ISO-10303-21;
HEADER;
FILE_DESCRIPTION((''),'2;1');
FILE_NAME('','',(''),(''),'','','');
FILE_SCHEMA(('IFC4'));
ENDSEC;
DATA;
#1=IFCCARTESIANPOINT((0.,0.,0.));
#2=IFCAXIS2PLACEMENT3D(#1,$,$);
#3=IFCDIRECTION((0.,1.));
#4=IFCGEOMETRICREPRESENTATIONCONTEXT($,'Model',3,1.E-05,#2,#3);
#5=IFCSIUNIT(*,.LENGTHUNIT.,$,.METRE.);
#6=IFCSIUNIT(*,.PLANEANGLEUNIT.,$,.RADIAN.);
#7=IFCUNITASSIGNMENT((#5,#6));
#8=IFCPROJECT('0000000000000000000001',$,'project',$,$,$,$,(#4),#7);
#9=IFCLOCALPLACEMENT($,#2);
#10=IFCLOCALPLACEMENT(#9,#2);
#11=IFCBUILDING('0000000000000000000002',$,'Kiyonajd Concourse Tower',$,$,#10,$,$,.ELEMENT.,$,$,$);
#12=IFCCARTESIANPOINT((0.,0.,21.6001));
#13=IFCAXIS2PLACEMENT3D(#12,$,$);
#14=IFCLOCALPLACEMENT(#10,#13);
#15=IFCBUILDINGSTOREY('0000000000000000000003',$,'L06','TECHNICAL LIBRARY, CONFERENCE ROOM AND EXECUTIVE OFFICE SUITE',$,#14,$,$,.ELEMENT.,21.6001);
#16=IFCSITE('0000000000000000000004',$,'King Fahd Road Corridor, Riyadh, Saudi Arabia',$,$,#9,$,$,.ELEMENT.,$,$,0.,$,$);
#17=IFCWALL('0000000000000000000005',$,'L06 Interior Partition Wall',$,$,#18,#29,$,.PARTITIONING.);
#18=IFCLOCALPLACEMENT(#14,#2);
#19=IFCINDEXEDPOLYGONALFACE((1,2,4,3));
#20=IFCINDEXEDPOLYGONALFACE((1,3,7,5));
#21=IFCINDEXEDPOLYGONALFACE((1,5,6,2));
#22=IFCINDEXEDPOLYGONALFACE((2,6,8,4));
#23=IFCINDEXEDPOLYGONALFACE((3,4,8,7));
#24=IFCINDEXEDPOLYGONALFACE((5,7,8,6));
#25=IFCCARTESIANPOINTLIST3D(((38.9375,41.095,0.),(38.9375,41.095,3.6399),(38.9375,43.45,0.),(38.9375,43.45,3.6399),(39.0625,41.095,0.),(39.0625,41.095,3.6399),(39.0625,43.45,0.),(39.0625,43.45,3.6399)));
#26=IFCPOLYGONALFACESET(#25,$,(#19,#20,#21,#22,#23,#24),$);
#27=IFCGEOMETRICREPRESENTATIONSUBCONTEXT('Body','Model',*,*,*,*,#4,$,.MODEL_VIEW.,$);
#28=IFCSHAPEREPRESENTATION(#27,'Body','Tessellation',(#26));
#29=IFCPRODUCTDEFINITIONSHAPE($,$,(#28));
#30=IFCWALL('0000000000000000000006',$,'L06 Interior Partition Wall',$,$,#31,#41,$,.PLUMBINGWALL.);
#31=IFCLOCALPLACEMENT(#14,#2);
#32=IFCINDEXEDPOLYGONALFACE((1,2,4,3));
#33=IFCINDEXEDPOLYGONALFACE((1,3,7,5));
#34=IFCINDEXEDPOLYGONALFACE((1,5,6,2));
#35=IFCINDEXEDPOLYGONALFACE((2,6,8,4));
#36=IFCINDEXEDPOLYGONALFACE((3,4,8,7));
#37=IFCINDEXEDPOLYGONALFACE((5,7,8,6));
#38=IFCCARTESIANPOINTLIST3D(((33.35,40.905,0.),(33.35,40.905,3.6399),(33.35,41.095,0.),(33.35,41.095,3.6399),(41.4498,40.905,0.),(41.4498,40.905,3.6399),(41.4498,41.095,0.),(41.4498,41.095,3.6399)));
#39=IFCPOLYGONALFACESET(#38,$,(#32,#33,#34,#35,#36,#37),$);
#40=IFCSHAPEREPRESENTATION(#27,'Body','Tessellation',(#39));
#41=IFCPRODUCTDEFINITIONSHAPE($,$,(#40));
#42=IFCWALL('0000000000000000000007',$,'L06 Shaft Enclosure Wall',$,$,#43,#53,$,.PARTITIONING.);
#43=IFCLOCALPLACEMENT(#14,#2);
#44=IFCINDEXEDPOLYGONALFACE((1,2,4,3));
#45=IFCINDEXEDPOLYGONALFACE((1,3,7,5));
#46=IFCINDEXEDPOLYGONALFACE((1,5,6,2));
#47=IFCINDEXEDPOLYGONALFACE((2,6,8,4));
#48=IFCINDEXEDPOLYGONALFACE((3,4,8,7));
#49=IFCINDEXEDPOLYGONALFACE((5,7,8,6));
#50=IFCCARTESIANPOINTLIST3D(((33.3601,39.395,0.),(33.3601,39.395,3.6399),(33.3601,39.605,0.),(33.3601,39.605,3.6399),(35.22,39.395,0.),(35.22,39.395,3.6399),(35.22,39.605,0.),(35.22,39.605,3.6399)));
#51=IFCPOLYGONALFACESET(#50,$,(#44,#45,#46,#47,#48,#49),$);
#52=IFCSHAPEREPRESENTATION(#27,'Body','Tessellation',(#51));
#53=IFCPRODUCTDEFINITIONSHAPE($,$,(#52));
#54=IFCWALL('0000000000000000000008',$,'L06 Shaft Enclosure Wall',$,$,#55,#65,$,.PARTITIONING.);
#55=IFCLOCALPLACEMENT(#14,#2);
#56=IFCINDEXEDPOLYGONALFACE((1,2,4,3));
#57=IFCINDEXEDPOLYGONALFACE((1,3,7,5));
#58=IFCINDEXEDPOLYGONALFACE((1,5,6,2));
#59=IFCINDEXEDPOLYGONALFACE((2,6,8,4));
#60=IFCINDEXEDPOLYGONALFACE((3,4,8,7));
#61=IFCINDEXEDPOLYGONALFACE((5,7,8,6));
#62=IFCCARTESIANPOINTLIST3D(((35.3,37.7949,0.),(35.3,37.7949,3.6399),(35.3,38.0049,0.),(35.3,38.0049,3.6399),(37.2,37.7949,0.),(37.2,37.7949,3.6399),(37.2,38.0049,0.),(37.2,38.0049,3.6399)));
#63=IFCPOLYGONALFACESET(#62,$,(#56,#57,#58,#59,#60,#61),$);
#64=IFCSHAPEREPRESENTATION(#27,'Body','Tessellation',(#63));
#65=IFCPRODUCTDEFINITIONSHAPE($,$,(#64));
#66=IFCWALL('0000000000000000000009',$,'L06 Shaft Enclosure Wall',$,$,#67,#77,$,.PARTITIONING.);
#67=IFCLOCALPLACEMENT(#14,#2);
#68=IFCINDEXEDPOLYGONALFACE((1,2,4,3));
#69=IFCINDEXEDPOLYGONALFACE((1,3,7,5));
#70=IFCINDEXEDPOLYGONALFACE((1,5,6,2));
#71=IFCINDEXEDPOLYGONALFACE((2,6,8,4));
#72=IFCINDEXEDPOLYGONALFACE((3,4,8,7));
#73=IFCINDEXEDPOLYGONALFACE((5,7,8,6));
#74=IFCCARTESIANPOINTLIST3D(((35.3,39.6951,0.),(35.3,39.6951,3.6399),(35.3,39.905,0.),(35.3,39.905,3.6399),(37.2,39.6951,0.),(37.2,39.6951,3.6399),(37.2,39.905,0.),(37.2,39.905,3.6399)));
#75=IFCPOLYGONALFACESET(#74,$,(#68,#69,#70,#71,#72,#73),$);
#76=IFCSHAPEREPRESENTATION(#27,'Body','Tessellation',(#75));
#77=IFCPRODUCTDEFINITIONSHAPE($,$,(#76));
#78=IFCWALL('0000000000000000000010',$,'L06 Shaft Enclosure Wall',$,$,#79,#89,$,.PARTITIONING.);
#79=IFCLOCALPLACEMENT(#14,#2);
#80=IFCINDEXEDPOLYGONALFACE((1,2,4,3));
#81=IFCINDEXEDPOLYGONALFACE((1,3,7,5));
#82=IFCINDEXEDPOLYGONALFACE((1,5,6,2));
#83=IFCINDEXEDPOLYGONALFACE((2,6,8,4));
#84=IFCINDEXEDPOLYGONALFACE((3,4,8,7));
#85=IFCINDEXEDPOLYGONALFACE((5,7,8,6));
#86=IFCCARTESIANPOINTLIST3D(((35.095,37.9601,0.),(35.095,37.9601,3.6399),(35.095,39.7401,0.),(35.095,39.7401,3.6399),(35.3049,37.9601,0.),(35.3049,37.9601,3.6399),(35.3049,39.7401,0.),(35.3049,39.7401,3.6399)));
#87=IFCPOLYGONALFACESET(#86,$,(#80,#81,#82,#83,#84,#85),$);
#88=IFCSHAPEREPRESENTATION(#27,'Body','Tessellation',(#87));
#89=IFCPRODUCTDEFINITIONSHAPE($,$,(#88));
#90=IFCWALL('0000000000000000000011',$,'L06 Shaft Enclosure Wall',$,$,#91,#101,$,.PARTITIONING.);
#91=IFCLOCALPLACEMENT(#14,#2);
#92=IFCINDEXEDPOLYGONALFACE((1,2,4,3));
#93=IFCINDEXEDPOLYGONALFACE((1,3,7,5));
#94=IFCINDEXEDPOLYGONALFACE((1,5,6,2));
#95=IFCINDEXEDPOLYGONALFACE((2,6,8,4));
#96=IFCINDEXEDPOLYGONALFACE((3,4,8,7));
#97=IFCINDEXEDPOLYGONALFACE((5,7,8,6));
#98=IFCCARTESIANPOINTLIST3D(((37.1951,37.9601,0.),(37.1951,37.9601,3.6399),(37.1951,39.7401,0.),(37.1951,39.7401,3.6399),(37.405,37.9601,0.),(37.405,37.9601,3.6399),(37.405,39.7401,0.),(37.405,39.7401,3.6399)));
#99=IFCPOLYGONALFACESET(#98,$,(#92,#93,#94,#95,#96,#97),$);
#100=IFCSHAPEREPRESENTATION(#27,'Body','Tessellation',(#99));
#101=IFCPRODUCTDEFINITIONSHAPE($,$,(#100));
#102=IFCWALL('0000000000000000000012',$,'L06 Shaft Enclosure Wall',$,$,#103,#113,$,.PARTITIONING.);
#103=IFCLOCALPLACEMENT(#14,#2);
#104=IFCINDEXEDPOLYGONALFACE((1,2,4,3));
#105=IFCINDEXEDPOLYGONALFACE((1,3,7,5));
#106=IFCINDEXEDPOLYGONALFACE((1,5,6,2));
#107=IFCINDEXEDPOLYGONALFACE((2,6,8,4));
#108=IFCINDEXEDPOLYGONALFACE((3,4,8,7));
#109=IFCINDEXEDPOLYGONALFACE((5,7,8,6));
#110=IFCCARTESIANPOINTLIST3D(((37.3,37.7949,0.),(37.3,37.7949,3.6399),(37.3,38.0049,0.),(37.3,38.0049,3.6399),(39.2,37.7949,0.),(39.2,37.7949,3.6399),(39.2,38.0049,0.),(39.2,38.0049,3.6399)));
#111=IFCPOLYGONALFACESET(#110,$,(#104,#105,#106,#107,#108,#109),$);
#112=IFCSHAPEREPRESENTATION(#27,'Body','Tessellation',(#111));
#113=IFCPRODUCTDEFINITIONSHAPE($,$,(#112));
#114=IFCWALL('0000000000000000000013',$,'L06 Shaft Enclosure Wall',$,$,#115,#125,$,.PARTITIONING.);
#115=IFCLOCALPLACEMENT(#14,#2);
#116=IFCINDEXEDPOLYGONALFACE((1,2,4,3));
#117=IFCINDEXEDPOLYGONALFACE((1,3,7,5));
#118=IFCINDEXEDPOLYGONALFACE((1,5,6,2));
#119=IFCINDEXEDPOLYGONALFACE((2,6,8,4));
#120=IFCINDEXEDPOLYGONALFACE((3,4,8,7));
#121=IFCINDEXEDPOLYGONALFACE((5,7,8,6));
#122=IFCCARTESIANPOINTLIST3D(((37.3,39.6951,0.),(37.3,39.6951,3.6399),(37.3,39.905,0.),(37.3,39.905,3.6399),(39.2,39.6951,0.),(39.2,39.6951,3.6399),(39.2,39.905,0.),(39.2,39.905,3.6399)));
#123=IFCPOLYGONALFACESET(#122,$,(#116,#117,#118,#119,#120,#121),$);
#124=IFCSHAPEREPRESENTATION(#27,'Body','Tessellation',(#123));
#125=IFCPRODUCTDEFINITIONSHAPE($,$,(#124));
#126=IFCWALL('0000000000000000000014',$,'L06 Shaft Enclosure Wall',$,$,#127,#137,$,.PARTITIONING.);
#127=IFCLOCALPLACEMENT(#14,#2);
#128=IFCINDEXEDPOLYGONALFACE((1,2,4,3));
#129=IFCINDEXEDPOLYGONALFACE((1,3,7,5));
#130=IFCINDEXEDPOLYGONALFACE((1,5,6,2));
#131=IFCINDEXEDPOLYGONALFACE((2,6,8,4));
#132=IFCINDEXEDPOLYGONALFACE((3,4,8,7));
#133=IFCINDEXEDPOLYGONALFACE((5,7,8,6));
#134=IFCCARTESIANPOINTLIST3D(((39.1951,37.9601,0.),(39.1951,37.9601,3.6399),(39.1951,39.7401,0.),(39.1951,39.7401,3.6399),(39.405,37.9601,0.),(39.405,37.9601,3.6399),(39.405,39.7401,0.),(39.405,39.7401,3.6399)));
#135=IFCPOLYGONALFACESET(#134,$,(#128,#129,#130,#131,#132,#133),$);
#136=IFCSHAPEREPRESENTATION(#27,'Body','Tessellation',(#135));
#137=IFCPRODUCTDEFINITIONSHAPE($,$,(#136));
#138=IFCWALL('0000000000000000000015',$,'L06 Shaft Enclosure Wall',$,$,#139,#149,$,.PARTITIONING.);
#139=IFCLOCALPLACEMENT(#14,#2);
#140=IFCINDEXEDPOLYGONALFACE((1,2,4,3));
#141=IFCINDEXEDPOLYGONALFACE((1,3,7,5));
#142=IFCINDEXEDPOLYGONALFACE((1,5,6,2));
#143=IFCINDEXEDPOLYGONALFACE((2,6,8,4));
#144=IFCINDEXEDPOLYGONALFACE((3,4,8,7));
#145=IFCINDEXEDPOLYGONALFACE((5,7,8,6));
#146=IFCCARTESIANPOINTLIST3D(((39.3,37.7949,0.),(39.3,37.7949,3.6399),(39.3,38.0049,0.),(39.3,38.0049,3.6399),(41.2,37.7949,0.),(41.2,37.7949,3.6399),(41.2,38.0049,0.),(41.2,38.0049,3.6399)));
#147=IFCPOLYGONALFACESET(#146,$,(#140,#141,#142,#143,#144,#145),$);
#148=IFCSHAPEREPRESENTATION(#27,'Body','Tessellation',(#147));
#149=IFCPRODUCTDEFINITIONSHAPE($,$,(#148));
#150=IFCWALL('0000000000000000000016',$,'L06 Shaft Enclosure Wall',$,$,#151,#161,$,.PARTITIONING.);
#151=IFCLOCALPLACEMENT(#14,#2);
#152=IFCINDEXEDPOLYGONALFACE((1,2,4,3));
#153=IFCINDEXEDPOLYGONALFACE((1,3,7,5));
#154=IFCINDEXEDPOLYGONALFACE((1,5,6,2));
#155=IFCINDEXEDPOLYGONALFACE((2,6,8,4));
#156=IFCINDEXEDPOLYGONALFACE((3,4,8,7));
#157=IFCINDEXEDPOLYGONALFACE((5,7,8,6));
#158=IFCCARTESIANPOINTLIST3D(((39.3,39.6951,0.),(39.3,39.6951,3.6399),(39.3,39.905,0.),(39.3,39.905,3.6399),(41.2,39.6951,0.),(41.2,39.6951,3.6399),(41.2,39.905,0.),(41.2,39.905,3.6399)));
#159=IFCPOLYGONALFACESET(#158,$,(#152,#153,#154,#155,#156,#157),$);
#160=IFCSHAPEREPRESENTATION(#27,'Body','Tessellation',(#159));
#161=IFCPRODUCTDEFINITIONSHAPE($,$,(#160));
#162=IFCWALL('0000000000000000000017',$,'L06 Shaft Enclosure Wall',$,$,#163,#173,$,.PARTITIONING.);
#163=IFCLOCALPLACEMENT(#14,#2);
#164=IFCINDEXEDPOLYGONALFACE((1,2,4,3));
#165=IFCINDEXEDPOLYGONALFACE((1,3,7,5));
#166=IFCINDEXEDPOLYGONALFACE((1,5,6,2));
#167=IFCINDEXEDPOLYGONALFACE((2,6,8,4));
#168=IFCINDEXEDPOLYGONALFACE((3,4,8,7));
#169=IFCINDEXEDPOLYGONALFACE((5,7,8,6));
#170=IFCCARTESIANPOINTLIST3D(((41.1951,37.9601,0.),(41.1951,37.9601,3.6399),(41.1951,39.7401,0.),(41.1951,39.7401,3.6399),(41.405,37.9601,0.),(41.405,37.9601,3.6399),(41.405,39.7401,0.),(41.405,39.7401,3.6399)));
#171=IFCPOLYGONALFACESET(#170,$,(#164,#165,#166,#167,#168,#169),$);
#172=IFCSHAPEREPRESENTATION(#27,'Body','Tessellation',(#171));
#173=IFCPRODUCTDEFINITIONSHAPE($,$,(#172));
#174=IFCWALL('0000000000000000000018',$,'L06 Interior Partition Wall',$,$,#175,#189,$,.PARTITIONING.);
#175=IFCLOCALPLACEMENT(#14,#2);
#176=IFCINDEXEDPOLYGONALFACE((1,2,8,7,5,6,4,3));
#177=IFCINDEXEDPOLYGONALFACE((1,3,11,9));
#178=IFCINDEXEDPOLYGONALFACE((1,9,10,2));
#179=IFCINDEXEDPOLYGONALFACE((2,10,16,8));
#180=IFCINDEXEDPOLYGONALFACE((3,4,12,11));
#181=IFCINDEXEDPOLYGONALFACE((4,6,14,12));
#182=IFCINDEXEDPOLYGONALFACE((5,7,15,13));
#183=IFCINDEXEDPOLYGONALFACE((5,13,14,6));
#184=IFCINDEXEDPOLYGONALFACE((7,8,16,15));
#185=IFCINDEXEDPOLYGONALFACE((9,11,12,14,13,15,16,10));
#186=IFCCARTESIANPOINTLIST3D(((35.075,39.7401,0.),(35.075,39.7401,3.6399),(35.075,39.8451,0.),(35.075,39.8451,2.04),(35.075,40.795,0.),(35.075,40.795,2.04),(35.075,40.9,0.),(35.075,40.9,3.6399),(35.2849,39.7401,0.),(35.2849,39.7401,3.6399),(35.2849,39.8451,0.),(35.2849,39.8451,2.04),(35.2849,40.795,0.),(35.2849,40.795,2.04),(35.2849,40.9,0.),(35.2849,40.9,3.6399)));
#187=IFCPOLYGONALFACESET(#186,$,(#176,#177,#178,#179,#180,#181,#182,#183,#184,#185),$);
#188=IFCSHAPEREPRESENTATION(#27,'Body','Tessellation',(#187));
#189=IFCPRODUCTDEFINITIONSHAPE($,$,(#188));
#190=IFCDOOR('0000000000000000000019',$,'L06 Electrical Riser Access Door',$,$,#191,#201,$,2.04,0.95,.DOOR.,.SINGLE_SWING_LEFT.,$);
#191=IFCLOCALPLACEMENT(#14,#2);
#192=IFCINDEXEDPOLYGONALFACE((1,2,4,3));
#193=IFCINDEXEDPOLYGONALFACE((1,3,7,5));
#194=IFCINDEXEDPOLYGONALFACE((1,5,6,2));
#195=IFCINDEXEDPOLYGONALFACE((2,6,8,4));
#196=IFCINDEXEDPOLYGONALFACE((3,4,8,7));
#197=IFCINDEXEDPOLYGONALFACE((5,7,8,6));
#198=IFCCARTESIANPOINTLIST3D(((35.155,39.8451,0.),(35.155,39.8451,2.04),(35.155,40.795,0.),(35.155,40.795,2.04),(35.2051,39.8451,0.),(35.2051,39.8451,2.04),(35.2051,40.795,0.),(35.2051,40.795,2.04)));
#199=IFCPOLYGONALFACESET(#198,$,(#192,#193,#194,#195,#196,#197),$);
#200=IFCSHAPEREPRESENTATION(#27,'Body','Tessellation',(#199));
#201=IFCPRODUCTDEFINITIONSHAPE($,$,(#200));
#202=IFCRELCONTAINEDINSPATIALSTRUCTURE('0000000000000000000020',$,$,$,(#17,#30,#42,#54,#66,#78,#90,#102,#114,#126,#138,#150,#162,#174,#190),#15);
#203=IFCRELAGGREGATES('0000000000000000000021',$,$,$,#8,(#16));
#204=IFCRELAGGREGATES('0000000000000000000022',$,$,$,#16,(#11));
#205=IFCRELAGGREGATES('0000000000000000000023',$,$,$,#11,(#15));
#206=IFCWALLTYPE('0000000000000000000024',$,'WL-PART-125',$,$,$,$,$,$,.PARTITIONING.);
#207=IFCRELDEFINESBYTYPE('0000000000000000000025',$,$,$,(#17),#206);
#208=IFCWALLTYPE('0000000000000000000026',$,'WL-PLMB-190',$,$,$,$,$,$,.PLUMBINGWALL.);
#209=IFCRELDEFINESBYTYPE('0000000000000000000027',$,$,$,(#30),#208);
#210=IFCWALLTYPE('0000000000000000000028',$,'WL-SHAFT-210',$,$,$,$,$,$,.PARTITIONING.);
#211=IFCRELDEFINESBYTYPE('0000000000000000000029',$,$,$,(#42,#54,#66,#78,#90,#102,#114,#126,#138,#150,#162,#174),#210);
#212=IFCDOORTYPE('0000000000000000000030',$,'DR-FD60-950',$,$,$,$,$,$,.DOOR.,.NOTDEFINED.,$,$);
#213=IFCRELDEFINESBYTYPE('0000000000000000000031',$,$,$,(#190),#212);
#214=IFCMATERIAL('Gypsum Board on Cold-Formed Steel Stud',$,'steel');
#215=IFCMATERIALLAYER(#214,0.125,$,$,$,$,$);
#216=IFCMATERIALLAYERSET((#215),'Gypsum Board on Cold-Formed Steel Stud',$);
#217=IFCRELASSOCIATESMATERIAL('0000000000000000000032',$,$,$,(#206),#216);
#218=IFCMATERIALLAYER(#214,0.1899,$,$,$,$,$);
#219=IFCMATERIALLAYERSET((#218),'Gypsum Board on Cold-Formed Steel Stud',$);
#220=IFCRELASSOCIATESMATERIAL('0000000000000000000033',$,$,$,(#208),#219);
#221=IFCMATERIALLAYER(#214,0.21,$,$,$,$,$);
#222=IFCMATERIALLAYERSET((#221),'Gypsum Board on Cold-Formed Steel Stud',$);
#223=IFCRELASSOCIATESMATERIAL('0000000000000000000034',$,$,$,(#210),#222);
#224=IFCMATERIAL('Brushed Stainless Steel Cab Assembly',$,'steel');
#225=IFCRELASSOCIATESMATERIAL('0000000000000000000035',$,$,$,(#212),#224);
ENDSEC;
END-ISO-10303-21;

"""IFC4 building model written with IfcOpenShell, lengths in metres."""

from ifc_helpers import new_model, si_unit, direction, frame, frame_2d, origin, place, context, subcontext, project, spatial, rectangle, extrude, material, layer, layer_set, type_object, element, fill, save


model = new_model("IFC4")

# Units and contexts
model_context = context("Model", 3, precision=1e-05, world=origin(), true_north=direction((0.0, 1.0)))
body_context = subcontext(model_context, "Body", "Model", "MODEL_VIEW")
ifc_project = project(units=[si_unit("LENGTHUNIT", "METRE"), si_unit("PLANEANGLEUNIT", "RADIAN")], contexts=[model_context])

# Site, building, storey
site_placement = place(None, origin())
site = spatial("IfcSite", under=ifc_project, at=site_placement, Name="King Fahd Road Corridor, Riyadh, Saudi Arabia", CompositionType="ELEMENT", RefElevation=0.0)
building_placement = place(site_placement, origin())
building = spatial("IfcBuilding", under=site, at=building_placement, Name="Kiyonajd Concourse Tower", CompositionType="ELEMENT")
storey_placement = place(building_placement, frame((0.0, 0.0, 21.6001)))
storey = spatial("IfcBuildingStorey", under=building, at=storey_placement, Name="L06", Description="TECHNICAL LIBRARY, CONFERENCE ROOM AND EXECUTIVE OFFICE SUITE", CompositionType="ELEMENT", Elevation=21.6001)

# Walls
ifc_material_1 = material(Name="Gypsum Board on Cold-Formed Steel Stud", Category="steel")
ifc_layer_1 = layer(ifc_material_1, 0.125)
ifc_layer_set_1 = layer_set([ifc_layer_1], Name="Gypsum Board on Cold-Formed Steel Stud")
wall_type_1 = type_object("IfcWallType", Name="WL-PART-125", PredefinedType="PARTITIONING", material=ifc_layer_set_1)
for number, where, z_axis, x_axis, name in (
    (1, (39.0, 41.095, 0.0), (0.0, 0.0, 1.0), (0.0, 1.0, 0.0), "L06 Interior Partition Wall"),
):
    element("IfcWall", number, at=place(storey_placement, frame(where, z_axis=z_axis, x_axis=x_axis)), inside=storey, type_object=wall_type_1, Name=name, PredefinedType="PARTITIONING", context=body_context, shape_type="SweptSolid", body=[
        extrude(rectangle(XDim=2.355, YDim=0.125, at=frame_2d((1.1775, 0.0))), origin(), (0.0, 0.0, 1.0), 3.6399),
    ])
ifc_layer_2 = layer(ifc_material_1, 0.1899)
ifc_layer_set_2 = layer_set([ifc_layer_2], Name="Gypsum Board on Cold-Formed Steel Stud")
wall_type_2 = type_object("IfcWallType", Name="WL-PLMB-190", PredefinedType="PLUMBINGWALL", material=ifc_layer_set_2)
wall_1_placement = place(storey_placement, frame((33.3501, 41.0, 0.0), z_axis=(0.0, 0.0, 1.0), x_axis=(1.0, 0.0, 0.0)))
element("IfcWall", 2, at=wall_1_placement, inside=storey, type_object=wall_type_2, Name="L06 Interior Partition Wall", PredefinedType="PLUMBINGWALL", context=body_context, shape_type="SweptSolid", body=[
    extrude(rectangle(XDim=8.0999, YDim=0.1899, at=frame_2d((4.0498, 0.0))), origin(), (0.0, 0.0, 1.0), 3.6399),
])
ifc_layer_3 = layer(ifc_material_1, 0.21)
ifc_layer_set_3 = layer_set([ifc_layer_3], Name="Gypsum Board on Cold-Formed Steel Stud")
wall_type_3 = type_object("IfcWallType", Name="WL-SHAFT-210", PredefinedType="PARTITIONING", material=ifc_layer_set_3)
wall_2_placement = place(storey_placement, frame((33.3601, 39.5, 0.0), z_axis=(0.0, 0.0, 1.0), x_axis=(1.0, 0.0, 0.0)))
element("IfcWall", 3, at=wall_2_placement, inside=storey, type_object=wall_type_3, Name="L06 Shaft Enclosure Wall", PredefinedType="PARTITIONING", context=body_context, shape_type="SweptSolid", body=[
    extrude(rectangle(XDim=1.8599, YDim=0.21, at=frame_2d((0.9299, 0.0))), origin(), (0.0, 0.0, 1.0), 3.6399),
])
for number, where, z_axis, x_axis, name in (
    (4, (35.3, 37.8999, 0.0), (0.0, 0.0, 1.0), (1.0, 0.0, 0.0), "L06 Shaft Enclosure Wall"),
    (5, (35.3, 39.8, 0.0), (0.0, 0.0, 1.0), (1.0, 0.0, 0.0), "L06 Shaft Enclosure Wall"),
):
    element("IfcWall", number, at=place(storey_placement, frame(where, z_axis=z_axis, x_axis=x_axis)), inside=storey, type_object=wall_type_3, Name=name, PredefinedType="PARTITIONING", context=body_context, shape_type="SweptSolid", body=[
        extrude(rectangle(XDim=1.8999, YDim=0.21, at=frame_2d((0.95, 0.0))), origin(), (0.0, 0.0, 1.0), 3.6399),
    ])
for number, where, z_axis, x_axis, name in (
    (6, (35.2, 37.96, 0.0), (0.0, 0.0, 1.0), (0.0, 1.0, 0.0), "L06 Shaft Enclosure Wall"),
    (7, (37.3, 37.96, 0.0), (0.0, 0.0, 1.0), (0.0, 1.0, 0.0), "L06 Shaft Enclosure Wall"),
):
    element("IfcWall", number, at=place(storey_placement, frame(where, z_axis=z_axis, x_axis=x_axis)), inside=storey, type_object=wall_type_3, Name=name, PredefinedType="PARTITIONING", context=body_context, shape_type="SweptSolid", body=[
        extrude(rectangle(XDim=1.78, YDim=0.21, at=frame_2d((0.8901, 0.0))), origin(), (0.0, 0.0, 1.0), 3.6399),
    ])
for number, where, z_axis, x_axis, name in (
    (8, (37.3, 37.8999, 0.0), (0.0, 0.0, 1.0), (1.0, 0.0, 0.0), "L06 Shaft Enclosure Wall"),
    (9, (37.3, 39.8, 0.0), (0.0, 0.0, 1.0), (1.0, 0.0, 0.0), "L06 Shaft Enclosure Wall"),
):
    element("IfcWall", number, at=place(storey_placement, frame(where, z_axis=z_axis, x_axis=x_axis)), inside=storey, type_object=wall_type_3, Name=name, PredefinedType="PARTITIONING", context=body_context, shape_type="SweptSolid", body=[
        extrude(rectangle(XDim=1.8999, YDim=0.21, at=frame_2d((0.95, 0.0))), origin(), (0.0, 0.0, 1.0), 3.6399),
    ])
wall_3_placement = place(storey_placement, frame((39.3, 37.96, 0.0), z_axis=(0.0, 0.0, 1.0), x_axis=(0.0, 1.0, 0.0)))
element("IfcWall", 10, at=wall_3_placement, inside=storey, type_object=wall_type_3, Name="L06 Shaft Enclosure Wall", PredefinedType="PARTITIONING", context=body_context, shape_type="SweptSolid", body=[
    extrude(rectangle(XDim=1.78, YDim=0.21, at=frame_2d((0.8901, 0.0))), origin(), (0.0, 0.0, 1.0), 3.6399),
])
for number, where, z_axis, x_axis, name in (
    (11, (39.3, 37.8999, 0.0), (0.0, 0.0, 1.0), (1.0, 0.0, 0.0), "L06 Shaft Enclosure Wall"),
    (12, (39.3, 39.8, 0.0), (0.0, 0.0, 1.0), (1.0, 0.0, 0.0), "L06 Shaft Enclosure Wall"),
):
    element("IfcWall", number, at=place(storey_placement, frame(where, z_axis=z_axis, x_axis=x_axis)), inside=storey, type_object=wall_type_3, Name=name, PredefinedType="PARTITIONING", context=body_context, shape_type="SweptSolid", body=[
        extrude(rectangle(XDim=1.8999, YDim=0.21, at=frame_2d((0.95, 0.0))), origin(), (0.0, 0.0, 1.0), 3.6399),
    ])
wall_4_placement = place(storey_placement, frame((41.3, 37.96, 0.0), z_axis=(0.0, 0.0, 1.0), x_axis=(0.0, 1.0, 0.0)))
element("IfcWall", 13, at=wall_4_placement, inside=storey, type_object=wall_type_3, Name="L06 Shaft Enclosure Wall", PredefinedType="PARTITIONING", context=body_context, shape_type="SweptSolid", body=[
    extrude(rectangle(XDim=1.78, YDim=0.21, at=frame_2d((0.8901, 0.0))), origin(), (0.0, 0.0, 1.0), 3.6399),
])

# Wall, opening, door
wall_5_placement = place(storey_placement, frame((35.1799, 39.74, 0.0), z_axis=(0.0, 0.0, 1.0), x_axis=(0.0, 1.0, 0.0)))
wall_5 = element("IfcWall", 14, at=wall_5_placement, inside=storey, type_object=wall_type_3, Name="L06 Interior Partition Wall", PredefinedType="PARTITIONING", context=body_context, shape_type="SweptSolid", body=[
    extrude(rectangle(XDim=1.1599, YDim=0.21, at=frame_2d((0.5801, 0.0))), origin(), (0.0, 0.0, 1.0), 3.6399),
])
opening_1_placement = place(wall_5_placement, frame((0.105, 0.0, 0.0)))
opening_1 = element("IfcOpeningElement", 15, at=opening_1_placement, cuts=wall_5, PredefinedType="OPENING", context=body_context, shape_type="SweptSolid", body=[
    extrude(rectangle(XDim=0.95, YDim=2.04, at=frame_2d((0.4751, 1.02))), frame((0.0, 0.115, 0.0), z_axis=(0.0, -1.0, 0.0), x_axis=(1.0, 0.0, 0.0)), (0.0, 0.0, 1.0), 0.23),
])
ifc_material_2 = material(Name="Brushed Stainless Steel Cab Assembly", Category="steel")
door_type_1 = type_object("IfcDoorType", Name="DR-FD60-950", OperationType="NOTDEFINED", PredefinedType="DOOR", material=ifc_material_2)
door_1_placement = place(opening_1_placement, origin())
door_1 = element("IfcDoor", 16, at=door_1_placement, inside=storey, type_object=door_type_1, Name="L06 Electrical Riser Access Door", OperationType="SINGLE_SWING_LEFT", OverallHeight=2.04, OverallWidth=0.95, PredefinedType="DOOR", context=body_context, shape_type="SweptSolid", body=[
    extrude(rectangle(XDim=0.95, YDim=2.04, at=frame_2d((0.4751, 1.02))), frame((0.0, 0.0249, 0.0), z_axis=(0.0, -1.0, 0.0), x_axis=(1.0, 0.0, 0.0)), (0.0, 0.0, 1.0), 0.05),
])
fill(opening_1, door_1)

save(model, "model.ifc")
